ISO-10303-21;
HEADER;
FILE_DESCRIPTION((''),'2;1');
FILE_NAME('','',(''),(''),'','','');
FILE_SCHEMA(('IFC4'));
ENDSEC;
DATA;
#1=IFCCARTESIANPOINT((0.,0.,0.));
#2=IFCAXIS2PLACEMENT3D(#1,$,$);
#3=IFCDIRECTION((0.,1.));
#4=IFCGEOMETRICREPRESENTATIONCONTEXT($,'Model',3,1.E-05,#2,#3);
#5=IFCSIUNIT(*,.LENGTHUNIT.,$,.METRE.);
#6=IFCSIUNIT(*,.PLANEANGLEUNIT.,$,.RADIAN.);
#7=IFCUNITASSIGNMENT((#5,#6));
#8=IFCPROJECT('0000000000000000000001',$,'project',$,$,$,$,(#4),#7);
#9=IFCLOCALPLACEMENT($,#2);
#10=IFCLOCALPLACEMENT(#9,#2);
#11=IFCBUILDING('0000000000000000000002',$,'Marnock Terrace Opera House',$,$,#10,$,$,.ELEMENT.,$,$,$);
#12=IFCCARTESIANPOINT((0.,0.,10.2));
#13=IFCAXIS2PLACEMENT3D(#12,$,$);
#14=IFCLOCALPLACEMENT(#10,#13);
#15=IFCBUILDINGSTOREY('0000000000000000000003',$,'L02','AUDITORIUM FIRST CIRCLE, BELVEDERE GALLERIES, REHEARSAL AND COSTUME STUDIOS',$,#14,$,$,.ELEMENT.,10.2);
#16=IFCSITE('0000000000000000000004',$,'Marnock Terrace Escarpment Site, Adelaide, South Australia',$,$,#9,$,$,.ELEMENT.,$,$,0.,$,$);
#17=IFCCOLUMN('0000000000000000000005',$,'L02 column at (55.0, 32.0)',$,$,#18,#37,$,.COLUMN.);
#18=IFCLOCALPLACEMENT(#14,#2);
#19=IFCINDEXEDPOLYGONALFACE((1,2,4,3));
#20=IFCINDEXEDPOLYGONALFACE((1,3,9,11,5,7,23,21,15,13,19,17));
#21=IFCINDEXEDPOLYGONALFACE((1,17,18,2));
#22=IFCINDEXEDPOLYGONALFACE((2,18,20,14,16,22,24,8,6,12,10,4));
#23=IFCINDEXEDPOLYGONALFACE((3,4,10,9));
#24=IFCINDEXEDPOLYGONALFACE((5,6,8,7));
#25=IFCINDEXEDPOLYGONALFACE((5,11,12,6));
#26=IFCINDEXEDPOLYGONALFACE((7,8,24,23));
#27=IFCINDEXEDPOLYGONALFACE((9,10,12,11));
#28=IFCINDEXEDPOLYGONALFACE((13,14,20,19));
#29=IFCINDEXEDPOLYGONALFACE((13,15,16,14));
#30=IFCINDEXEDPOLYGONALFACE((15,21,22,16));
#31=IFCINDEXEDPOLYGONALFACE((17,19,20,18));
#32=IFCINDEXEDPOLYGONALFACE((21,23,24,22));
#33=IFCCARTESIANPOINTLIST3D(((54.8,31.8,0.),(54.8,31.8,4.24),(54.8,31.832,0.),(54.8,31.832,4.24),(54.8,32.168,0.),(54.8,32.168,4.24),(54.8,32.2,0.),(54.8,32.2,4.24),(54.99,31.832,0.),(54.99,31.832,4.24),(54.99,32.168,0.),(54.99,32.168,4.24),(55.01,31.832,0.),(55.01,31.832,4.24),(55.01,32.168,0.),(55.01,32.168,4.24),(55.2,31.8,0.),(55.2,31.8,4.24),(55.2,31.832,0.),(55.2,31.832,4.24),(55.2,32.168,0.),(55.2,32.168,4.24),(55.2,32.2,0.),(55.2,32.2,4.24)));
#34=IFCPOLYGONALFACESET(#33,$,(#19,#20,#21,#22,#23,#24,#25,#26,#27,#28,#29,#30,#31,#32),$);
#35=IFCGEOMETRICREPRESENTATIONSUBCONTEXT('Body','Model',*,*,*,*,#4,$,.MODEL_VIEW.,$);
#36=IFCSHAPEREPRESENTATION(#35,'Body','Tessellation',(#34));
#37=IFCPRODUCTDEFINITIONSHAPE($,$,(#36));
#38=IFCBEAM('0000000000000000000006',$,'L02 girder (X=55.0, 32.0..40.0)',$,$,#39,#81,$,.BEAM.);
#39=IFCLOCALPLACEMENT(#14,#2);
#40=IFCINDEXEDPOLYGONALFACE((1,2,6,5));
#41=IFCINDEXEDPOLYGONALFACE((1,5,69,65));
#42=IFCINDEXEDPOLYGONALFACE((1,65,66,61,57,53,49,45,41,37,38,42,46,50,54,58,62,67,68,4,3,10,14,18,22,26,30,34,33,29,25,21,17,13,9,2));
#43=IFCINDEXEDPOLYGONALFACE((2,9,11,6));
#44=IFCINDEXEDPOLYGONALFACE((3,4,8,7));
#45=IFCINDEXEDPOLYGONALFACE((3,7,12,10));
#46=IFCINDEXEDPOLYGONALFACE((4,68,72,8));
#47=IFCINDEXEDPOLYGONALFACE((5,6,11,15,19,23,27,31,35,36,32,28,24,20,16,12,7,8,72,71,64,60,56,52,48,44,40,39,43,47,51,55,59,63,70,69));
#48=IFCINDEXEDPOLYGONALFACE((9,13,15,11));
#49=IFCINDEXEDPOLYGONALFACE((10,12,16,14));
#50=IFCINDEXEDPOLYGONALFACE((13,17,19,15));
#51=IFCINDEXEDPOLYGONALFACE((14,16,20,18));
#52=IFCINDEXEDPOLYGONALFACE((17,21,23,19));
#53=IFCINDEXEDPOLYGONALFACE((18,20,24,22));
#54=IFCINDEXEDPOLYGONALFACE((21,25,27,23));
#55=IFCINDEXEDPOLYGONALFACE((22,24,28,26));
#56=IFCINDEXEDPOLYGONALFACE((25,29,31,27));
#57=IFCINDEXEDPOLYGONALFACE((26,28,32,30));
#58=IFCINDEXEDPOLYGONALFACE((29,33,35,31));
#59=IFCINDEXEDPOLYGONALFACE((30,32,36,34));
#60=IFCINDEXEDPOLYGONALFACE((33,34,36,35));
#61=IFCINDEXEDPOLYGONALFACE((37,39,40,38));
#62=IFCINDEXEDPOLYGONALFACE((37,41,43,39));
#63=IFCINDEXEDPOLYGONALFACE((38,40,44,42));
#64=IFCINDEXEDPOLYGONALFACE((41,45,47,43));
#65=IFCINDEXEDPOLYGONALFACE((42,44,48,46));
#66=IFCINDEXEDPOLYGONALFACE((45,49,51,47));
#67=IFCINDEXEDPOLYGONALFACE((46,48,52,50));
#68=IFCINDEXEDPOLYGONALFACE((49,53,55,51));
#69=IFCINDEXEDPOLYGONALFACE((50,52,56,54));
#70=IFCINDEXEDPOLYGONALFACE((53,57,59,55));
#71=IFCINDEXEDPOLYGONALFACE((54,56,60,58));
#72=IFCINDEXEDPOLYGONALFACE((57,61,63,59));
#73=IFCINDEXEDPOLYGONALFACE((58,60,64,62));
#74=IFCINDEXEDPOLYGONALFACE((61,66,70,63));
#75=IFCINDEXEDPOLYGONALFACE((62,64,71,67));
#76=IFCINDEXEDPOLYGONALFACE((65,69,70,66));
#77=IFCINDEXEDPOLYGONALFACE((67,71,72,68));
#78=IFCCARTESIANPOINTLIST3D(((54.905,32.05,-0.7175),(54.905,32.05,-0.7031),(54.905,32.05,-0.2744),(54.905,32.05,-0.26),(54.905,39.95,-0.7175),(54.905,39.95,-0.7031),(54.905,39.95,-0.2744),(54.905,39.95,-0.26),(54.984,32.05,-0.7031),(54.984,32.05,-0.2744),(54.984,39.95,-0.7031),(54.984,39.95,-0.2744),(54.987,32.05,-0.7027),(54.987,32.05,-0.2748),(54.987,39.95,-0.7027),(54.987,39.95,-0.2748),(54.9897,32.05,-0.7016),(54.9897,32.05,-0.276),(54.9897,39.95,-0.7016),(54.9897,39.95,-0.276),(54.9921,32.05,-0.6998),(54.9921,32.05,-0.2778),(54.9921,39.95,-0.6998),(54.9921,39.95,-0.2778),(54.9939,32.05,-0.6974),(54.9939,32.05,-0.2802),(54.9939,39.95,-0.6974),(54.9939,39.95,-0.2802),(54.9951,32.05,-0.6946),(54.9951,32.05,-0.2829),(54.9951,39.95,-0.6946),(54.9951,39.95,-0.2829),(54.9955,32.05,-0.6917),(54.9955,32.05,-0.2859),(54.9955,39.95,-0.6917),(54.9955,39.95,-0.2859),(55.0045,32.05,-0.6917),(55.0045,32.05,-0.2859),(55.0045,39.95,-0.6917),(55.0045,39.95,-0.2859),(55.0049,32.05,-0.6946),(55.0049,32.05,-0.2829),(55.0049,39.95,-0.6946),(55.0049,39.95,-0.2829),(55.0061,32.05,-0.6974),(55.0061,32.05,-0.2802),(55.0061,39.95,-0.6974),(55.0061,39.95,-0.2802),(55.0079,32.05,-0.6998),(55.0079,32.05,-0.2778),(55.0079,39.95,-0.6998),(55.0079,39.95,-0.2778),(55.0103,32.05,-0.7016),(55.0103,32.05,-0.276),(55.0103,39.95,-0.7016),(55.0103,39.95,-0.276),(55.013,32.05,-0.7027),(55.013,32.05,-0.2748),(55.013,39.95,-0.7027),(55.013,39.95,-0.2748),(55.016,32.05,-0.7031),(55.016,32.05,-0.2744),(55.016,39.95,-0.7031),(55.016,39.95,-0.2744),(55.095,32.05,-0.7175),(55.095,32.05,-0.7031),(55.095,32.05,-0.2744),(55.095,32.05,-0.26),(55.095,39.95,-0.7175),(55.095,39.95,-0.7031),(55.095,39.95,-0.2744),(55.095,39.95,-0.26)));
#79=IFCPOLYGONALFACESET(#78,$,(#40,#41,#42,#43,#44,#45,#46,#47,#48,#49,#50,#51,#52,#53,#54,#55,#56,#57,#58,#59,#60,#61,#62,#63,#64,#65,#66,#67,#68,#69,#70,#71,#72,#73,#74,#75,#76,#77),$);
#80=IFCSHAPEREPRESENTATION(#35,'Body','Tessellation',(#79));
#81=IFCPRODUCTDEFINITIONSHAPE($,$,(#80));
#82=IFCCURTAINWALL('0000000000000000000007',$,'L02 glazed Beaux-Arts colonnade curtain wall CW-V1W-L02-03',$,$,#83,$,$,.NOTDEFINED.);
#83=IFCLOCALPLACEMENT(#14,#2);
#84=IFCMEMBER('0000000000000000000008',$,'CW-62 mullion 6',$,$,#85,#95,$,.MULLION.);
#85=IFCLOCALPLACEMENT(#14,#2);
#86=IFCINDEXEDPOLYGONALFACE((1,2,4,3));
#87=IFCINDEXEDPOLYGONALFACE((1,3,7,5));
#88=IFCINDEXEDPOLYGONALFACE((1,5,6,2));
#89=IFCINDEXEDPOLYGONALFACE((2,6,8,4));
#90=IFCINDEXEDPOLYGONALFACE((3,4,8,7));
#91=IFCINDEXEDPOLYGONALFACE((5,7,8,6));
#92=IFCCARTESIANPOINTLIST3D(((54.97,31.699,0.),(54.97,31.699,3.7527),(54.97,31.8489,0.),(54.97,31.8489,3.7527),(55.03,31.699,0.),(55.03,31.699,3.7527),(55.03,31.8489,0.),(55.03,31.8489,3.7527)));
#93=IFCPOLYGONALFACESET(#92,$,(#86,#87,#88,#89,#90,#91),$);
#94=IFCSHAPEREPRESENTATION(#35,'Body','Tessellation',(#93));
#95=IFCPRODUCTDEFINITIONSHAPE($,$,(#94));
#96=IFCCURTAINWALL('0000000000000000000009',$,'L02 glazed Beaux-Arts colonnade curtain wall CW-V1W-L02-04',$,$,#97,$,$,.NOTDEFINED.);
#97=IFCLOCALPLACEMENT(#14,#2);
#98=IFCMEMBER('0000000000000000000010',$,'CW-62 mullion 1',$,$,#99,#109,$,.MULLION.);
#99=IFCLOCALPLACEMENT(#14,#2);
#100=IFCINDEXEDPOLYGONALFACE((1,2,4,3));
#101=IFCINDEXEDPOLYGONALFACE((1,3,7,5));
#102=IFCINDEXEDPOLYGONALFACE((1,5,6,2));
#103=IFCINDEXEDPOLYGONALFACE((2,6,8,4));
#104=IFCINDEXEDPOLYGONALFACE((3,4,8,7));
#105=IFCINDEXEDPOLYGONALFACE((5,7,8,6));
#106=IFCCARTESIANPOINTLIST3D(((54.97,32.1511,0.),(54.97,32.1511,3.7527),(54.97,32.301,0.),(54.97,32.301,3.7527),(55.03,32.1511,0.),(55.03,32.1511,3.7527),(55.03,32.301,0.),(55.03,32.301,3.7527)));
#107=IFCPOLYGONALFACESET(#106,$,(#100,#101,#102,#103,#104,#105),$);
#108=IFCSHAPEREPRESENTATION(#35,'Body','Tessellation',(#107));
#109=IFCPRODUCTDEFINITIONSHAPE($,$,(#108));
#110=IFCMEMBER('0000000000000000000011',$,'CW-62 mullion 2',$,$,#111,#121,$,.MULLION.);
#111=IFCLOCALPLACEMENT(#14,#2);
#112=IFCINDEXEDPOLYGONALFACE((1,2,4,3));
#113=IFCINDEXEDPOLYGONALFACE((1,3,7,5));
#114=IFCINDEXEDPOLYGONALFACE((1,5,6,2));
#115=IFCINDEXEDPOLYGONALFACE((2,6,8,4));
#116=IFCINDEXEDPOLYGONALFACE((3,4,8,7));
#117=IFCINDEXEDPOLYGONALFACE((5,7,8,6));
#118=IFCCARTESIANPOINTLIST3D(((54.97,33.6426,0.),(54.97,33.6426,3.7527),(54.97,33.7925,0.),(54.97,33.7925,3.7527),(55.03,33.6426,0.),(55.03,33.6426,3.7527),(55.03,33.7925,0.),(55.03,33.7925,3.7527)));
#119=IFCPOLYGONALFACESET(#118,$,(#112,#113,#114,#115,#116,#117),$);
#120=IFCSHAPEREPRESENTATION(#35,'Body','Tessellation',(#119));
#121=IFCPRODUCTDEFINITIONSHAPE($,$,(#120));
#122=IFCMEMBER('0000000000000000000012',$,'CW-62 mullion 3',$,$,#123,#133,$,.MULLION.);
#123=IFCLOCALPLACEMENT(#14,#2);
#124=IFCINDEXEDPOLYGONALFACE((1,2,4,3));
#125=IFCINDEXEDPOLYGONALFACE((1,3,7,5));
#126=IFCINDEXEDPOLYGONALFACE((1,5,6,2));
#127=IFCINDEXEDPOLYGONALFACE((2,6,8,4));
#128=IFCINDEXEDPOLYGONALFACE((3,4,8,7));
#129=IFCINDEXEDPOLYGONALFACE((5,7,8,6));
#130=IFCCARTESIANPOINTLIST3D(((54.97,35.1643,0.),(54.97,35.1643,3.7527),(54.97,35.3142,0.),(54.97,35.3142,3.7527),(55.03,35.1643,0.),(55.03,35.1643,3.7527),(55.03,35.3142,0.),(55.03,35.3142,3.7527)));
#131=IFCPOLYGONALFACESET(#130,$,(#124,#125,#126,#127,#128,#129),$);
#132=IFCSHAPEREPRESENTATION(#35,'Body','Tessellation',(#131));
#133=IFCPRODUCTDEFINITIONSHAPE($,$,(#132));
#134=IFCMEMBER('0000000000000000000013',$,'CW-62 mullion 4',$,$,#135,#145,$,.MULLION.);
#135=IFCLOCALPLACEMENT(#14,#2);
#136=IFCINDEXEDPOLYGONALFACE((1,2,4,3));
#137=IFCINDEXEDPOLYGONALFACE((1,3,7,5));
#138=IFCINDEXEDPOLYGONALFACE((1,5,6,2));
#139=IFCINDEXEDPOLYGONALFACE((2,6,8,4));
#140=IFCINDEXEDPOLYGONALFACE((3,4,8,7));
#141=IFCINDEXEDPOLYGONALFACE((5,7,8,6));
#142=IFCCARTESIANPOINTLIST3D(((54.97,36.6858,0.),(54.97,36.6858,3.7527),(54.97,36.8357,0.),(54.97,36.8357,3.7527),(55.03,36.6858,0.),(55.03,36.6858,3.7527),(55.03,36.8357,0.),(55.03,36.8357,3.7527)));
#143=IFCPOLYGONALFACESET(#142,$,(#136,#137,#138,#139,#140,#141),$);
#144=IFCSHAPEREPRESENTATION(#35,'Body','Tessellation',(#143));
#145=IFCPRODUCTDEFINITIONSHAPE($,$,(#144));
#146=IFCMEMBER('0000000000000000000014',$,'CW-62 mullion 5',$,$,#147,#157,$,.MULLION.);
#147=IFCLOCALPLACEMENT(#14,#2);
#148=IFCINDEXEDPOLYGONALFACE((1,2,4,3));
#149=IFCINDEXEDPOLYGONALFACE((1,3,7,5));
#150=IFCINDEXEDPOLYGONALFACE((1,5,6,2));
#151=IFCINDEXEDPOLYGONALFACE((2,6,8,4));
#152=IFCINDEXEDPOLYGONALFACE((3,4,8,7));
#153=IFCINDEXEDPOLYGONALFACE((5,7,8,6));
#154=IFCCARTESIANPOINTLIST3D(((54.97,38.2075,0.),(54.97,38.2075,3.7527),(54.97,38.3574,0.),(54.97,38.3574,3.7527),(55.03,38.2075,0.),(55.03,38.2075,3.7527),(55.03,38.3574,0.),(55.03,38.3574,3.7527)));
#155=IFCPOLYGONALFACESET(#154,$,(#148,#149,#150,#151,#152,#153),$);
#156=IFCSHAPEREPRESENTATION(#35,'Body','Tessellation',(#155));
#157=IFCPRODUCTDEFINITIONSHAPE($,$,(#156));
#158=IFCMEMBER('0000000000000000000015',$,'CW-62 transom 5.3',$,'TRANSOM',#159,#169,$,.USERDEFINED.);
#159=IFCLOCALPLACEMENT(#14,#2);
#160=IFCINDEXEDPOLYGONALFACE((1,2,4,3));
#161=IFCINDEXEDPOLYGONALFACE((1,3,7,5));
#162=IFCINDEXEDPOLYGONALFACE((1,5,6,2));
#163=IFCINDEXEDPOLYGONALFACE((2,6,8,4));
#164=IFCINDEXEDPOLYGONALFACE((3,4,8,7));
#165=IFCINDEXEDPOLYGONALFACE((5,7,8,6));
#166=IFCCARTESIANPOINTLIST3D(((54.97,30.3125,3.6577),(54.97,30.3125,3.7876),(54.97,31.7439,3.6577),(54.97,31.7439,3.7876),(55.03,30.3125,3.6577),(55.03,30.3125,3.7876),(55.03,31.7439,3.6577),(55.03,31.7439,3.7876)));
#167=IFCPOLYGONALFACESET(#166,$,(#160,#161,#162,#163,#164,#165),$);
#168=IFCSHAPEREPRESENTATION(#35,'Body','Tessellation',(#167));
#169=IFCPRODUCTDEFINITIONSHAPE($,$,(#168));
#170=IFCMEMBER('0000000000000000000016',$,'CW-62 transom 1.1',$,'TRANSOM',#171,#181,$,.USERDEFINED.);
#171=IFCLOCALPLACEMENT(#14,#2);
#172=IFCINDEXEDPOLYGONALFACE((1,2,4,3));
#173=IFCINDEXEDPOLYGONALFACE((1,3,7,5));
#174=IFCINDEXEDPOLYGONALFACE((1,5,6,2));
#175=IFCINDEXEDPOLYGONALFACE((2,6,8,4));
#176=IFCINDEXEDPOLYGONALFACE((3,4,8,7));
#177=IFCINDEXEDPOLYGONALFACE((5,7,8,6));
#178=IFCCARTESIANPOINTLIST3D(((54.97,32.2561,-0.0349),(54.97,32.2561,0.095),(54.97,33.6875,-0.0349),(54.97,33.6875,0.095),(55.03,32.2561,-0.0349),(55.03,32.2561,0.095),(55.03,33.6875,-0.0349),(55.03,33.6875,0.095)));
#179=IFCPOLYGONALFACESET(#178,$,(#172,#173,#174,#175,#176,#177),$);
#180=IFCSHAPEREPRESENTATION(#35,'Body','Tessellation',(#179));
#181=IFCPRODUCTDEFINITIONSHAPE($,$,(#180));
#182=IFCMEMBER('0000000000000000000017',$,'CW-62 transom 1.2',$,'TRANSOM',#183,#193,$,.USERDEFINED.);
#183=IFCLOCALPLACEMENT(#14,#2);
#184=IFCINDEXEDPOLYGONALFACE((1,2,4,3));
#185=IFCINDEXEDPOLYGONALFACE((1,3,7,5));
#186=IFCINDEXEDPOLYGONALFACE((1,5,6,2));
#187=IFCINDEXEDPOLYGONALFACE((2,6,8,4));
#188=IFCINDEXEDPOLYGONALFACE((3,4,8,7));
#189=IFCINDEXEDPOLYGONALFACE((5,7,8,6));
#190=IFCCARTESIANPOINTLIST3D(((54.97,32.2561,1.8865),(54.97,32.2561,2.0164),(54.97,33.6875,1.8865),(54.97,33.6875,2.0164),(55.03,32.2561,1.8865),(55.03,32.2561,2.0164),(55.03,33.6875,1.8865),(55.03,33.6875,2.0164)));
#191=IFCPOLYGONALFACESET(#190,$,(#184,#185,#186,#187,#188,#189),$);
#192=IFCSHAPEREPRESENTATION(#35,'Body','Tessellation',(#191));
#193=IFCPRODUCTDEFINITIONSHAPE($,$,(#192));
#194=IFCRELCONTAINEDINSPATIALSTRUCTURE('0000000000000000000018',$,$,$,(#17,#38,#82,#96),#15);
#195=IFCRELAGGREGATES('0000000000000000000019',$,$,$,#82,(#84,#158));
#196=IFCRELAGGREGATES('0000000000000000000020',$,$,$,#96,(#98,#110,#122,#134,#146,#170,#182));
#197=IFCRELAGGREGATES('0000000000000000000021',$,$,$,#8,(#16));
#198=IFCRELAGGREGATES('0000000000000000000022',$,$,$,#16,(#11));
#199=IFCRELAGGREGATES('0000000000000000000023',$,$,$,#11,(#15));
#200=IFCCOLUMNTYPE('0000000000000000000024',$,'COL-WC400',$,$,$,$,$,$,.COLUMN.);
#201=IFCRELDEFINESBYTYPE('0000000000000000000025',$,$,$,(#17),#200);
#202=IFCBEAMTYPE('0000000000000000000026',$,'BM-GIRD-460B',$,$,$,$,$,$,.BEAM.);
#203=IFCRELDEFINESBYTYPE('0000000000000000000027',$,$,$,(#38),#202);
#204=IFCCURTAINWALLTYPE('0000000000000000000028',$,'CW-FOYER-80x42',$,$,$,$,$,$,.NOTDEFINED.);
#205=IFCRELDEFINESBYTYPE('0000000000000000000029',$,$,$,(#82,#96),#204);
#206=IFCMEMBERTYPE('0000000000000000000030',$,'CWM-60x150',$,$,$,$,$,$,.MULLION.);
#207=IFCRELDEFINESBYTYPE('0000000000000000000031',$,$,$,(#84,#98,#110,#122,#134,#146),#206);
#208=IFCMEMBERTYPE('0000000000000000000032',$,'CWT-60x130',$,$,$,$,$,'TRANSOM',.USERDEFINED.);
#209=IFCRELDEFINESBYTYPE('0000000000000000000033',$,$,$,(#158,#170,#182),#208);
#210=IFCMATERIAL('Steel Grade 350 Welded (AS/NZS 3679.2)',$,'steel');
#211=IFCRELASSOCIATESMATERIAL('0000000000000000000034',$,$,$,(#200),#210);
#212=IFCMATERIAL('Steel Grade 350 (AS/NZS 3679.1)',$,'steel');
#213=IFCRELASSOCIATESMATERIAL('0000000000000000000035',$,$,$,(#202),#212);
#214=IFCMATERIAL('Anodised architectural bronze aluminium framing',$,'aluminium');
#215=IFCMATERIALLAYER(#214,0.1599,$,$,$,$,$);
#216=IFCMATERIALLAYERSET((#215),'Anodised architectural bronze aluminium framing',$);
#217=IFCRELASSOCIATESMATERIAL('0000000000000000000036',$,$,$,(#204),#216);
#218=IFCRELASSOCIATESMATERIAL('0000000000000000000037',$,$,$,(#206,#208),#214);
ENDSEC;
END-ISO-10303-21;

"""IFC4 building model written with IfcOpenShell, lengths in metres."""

from ifc_helpers import new_model, si_unit, direction, frame, origin, origin_2d, place, context, subcontext, project, spatial, rectangle, i_section, extrude, material, layer, layer_set, material_profile, profile_set, type_object, element, aggregate, save


model = new_model("IFC4")

# Units and contexts
model_context = context("Model", 3, precision=1e-05, world=origin(), true_north=direction((0.0, 1.0)))
body_context = subcontext(model_context, "Body", "Model", "MODEL_VIEW")
ifc_project = project(units=[si_unit("LENGTHUNIT", "METRE"), si_unit("PLANEANGLEUNIT", "RADIAN")], contexts=[model_context])

# Site, building, storey
site_placement = place(None, origin())
site = spatial("IfcSite", under=ifc_project, at=site_placement, Name="Marnock Terrace Escarpment Site, Adelaide, South Australia", CompositionType="ELEMENT", RefElevation=0.0)
building_placement = place(site_placement, origin())
building = spatial("IfcBuilding", under=site, at=building_placement, Name="Marnock Terrace Opera House", CompositionType="ELEMENT")
storey_placement = place(building_placement, frame((0.0, 0.0, 10.2)))
storey = spatial("IfcBuildingStorey", under=building, at=storey_placement, Name="L02", Description="AUDITORIUM FIRST CIRCLE, BELVEDERE GALLERIES, REHEARSAL AND COSTUME STUDIOS", CompositionType="ELEMENT", Elevation=10.2)

# Column
ifc_material_1 = material(Name="Steel Grade 350 Welded (AS/NZS 3679.2)", Category="steel")
ifc_material_profile_1 = material_profile(ifc_material_1, i_section(OverallWidth=0.3999, OverallDepth=0.3999, WebThickness=0.02, FlangeThickness=0.032, at=origin_2d()))
ifc_profile_set_1 = profile_set([ifc_material_profile_1], Name="Steel Grade 350 Welded (AS/NZS 3679.2)")
column_type = type_object("IfcColumnType", Name="COL-WC400", PredefinedType="COLUMN", material=ifc_profile_set_1)
column_placement = place(storey_placement, frame((55.0, 32.0, 0.0), z_axis=(0.0, 0.0, 1.0), x_axis=(1.0, 0.0, 0.0)))
element("IfcColumn", 1, at=column_placement, inside=storey, type_object=column_type, Name="L02 column at (55.0, 32.0)", PredefinedType="COLUMN", context=body_context, shape_type="SweptSolid", body=[
    extrude(i_section(OverallWidth=0.3999, OverallDepth=0.3999, WebThickness=0.02, FlangeThickness=0.032, at=origin_2d()), origin(), (0.0, 0.0, 1.0), 4.24),
])

# Beam
ifc_material_2 = material(Name="Steel Grade 350 (AS/NZS 3679.1)", Category="steel")
ifc_material_profile_2 = material_profile(ifc_material_2, i_section(OverallWidth=0.1899, OverallDepth=0.4575, WebThickness=0.009, FlangeThickness=0.0144, FilletRadius=0.0115, at=origin_2d()))
ifc_profile_set_2 = profile_set([ifc_material_profile_2], Name="Steel Grade 350 (AS/NZS 3679.1)")
beam_type = type_object("IfcBeamType", Name="BM-GIRD-460B", PredefinedType="BEAM", material=ifc_profile_set_2)
beam_placement = place(storey_placement, frame((55.0, 32.05, -0.4888), z_axis=(0.0, 1.0, 0.0), x_axis=(-1.0, 0.0, 0.0)))
element("IfcBeam", 2, at=beam_placement, inside=storey, type_object=beam_type, Name="L02 girder (X=55.0, 32.0..40.0)", PredefinedType="BEAM", context=body_context, shape_type="SweptSolid", body=[
    extrude(i_section(OverallWidth=0.1899, OverallDepth=0.4575, WebThickness=0.009, FlangeThickness=0.0144, FilletRadius=0.0115, at=origin_2d()), origin(), (0.0, 0.0, 1.0), 7.8999),
])

# Curtain wall, member
ifc_material_3 = material(Name="Anodised architectural bronze aluminium framing", Category="aluminium")
ifc_layer_1 = layer(ifc_material_3, 0.1599)
ifc_layer_set_1 = layer_set([ifc_layer_1], Name="Anodised architectural bronze aluminium framing")
curtain_wall_type = type_object("IfcCurtainWallType", Name="CW-FOYER-80x42", PredefinedType="NOTDEFINED", material=ifc_layer_set_1)
curtain_wall_1_placement = place(storey_placement, origin())
curtain_wall_1 = element("IfcCurtainWall", 3, at=curtain_wall_1_placement, inside=storey, type_object=curtain_wall_type, Name="L02 glazed Beaux-Arts colonnade curtain wall CW-V1W-L02-03", PredefinedType="NOTDEFINED")
ifc_material_profile_3 = material_profile(ifc_material_3, rectangle(XDim=0.0601, YDim=0.1499, at=origin_2d()))
ifc_profile_set_3 = profile_set([ifc_material_profile_3], Name="Anodised architectural bronze aluminium framing")
member_type_1 = type_object("IfcMemberType", Name="CWM-60x150", PredefinedType="MULLION", material=ifc_profile_set_3)
member_1_placement = place(storey_placement, frame((55.0, 31.7739, 0.0), z_axis=(0.0, 0.0, 1.0), x_axis=(-1.0, 0.0, 0.0)))
member_1 = element("IfcMember", 4, at=member_1_placement, type_object=member_type_1, Name="CW-62 mullion 6", PredefinedType="MULLION", context=body_context, shape_type="SweptSolid", body=[
    extrude(rectangle(XDim=0.0601, YDim=0.1499, at=origin_2d()), origin(), (0.0, 0.0, 1.0), 3.7527),
])

# Curtain wall, members
curtain_wall_2_placement = place(storey_placement, origin())
curtain_wall_2 = element("IfcCurtainWall", 5, at=curtain_wall_2_placement, inside=storey, type_object=curtain_wall_type, Name="L02 glazed Beaux-Arts colonnade curtain wall CW-V1W-L02-04", PredefinedType="NOTDEFINED")
member_2_placement = place(storey_placement, frame((55.0, 32.2261, 0.0), z_axis=(0.0, 0.0, 1.0), x_axis=(-1.0, 0.0, 0.0)))
member_2 = element("IfcMember", 6, at=member_2_placement, type_object=member_type_1, Name="CW-62 mullion 1", PredefinedType="MULLION", context=body_context, shape_type="SweptSolid", body=[
    extrude(rectangle(XDim=0.0601, YDim=0.1499, at=origin_2d()), origin(), (0.0, 0.0, 1.0), 3.7527),
])
member_3_placement = place(storey_placement, frame((55.0, 33.7175, 0.0), z_axis=(0.0, 0.0, 1.0), x_axis=(-1.0, 0.0, 0.0)))
member_3 = element("IfcMember", 7, at=member_3_placement, type_object=member_type_1, Name="CW-62 mullion 2", PredefinedType="MULLION", context=body_context, shape_type="SweptSolid", body=[
    extrude(rectangle(XDim=0.0601, YDim=0.1499, at=origin_2d()), origin(), (0.0, 0.0, 1.0), 3.7527),
])
member_4_placement = place(storey_placement, frame((55.0, 35.2393, 0.0), z_axis=(0.0, 0.0, 1.0), x_axis=(-1.0, 0.0, 0.0)))
member_4 = element("IfcMember", 8, at=member_4_placement, type_object=member_type_1, Name="CW-62 mullion 3", PredefinedType="MULLION", context=body_context, shape_type="SweptSolid", body=[
    extrude(rectangle(XDim=0.0601, YDim=0.1499, at=origin_2d()), origin(), (0.0, 0.0, 1.0), 3.7527),
])
member_5_placement = place(storey_placement, frame((55.0, 36.7607, 0.0), z_axis=(0.0, 0.0, 1.0), x_axis=(-1.0, 0.0, 0.0)))
member_5 = element("IfcMember", 9, at=member_5_placement, type_object=member_type_1, Name="CW-62 mullion 4", PredefinedType="MULLION", context=body_context, shape_type="SweptSolid", body=[
    extrude(rectangle(XDim=0.0601, YDim=0.1499, at=origin_2d()), origin(), (0.0, 0.0, 1.0), 3.7527),
])
member_6_placement = place(storey_placement, frame((55.0, 38.2825, 0.0), z_axis=(0.0, 0.0, 1.0), x_axis=(-1.0, 0.0, 0.0)))
member_6 = element("IfcMember", 10, at=member_6_placement, type_object=member_type_1, Name="CW-62 mullion 5", PredefinedType="MULLION", context=body_context, shape_type="SweptSolid", body=[
    extrude(rectangle(XDim=0.0601, YDim=0.1499, at=origin_2d()), origin(), (0.0, 0.0, 1.0), 3.7527),
])

# Members
ifc_material_profile_4 = material_profile(ifc_material_3, rectangle(XDim=0.0601, YDim=0.1299, at=origin_2d()))
ifc_profile_set_4 = profile_set([ifc_material_profile_4], Name="Anodised architectural bronze aluminium framing")
member_type_2 = type_object("IfcMemberType", Name="CWT-60x130", ElementType="TRANSOM", PredefinedType="USERDEFINED", material=ifc_profile_set_4)
member_7_placement = place(storey_placement, frame((55.0, 30.3125, 3.7227), z_axis=(0.0, 1.0, 0.0), x_axis=(-1.0, 0.0, 0.0)))
member_7 = element("IfcMember", 11, at=member_7_placement, type_object=member_type_2, Name="CW-62 transom 5.3", ObjectType="TRANSOM", PredefinedType="USERDEFINED", context=body_context, shape_type="SweptSolid", body=[
    extrude(rectangle(XDim=0.0601, YDim=0.1299, at=origin_2d()), origin(), (0.0, 0.0, 1.0), 1.4314),
])
member_8_placement = place(storey_placement, frame((55.0, 32.2561, 0.03), z_axis=(0.0, 1.0, 0.0), x_axis=(-1.0, 0.0, 0.0)))
member_8 = element("IfcMember", 12, at=member_8_placement, type_object=member_type_2, Name="CW-62 transom 1.1", ObjectType="TRANSOM", PredefinedType="USERDEFINED", context=body_context, shape_type="SweptSolid", body=[
    extrude(rectangle(XDim=0.0601, YDim=0.1299, at=origin_2d()), origin(), (0.0, 0.0, 1.0), 1.4314),
])
member_9_placement = place(storey_placement, frame((55.0, 32.2561, 1.9514), z_axis=(0.0, 1.0, 0.0), x_axis=(-1.0, 0.0, 0.0)))
member_9 = element("IfcMember", 13, at=member_9_placement, type_object=member_type_2, Name="CW-62 transom 1.2", ObjectType="TRANSOM", PredefinedType="USERDEFINED", context=body_context, shape_type="SweptSolid", body=[
    extrude(rectangle(XDim=0.0601, YDim=0.1299, at=origin_2d()), origin(), (0.0, 0.0, 1.0), 1.4314),
])

aggregate(curtain_wall_1, [member_1, member_7])
aggregate(curtain_wall_2, [member_2, member_3, member_4, member_5, member_6, member_8, member_9])

save(model, "model.ifc")
